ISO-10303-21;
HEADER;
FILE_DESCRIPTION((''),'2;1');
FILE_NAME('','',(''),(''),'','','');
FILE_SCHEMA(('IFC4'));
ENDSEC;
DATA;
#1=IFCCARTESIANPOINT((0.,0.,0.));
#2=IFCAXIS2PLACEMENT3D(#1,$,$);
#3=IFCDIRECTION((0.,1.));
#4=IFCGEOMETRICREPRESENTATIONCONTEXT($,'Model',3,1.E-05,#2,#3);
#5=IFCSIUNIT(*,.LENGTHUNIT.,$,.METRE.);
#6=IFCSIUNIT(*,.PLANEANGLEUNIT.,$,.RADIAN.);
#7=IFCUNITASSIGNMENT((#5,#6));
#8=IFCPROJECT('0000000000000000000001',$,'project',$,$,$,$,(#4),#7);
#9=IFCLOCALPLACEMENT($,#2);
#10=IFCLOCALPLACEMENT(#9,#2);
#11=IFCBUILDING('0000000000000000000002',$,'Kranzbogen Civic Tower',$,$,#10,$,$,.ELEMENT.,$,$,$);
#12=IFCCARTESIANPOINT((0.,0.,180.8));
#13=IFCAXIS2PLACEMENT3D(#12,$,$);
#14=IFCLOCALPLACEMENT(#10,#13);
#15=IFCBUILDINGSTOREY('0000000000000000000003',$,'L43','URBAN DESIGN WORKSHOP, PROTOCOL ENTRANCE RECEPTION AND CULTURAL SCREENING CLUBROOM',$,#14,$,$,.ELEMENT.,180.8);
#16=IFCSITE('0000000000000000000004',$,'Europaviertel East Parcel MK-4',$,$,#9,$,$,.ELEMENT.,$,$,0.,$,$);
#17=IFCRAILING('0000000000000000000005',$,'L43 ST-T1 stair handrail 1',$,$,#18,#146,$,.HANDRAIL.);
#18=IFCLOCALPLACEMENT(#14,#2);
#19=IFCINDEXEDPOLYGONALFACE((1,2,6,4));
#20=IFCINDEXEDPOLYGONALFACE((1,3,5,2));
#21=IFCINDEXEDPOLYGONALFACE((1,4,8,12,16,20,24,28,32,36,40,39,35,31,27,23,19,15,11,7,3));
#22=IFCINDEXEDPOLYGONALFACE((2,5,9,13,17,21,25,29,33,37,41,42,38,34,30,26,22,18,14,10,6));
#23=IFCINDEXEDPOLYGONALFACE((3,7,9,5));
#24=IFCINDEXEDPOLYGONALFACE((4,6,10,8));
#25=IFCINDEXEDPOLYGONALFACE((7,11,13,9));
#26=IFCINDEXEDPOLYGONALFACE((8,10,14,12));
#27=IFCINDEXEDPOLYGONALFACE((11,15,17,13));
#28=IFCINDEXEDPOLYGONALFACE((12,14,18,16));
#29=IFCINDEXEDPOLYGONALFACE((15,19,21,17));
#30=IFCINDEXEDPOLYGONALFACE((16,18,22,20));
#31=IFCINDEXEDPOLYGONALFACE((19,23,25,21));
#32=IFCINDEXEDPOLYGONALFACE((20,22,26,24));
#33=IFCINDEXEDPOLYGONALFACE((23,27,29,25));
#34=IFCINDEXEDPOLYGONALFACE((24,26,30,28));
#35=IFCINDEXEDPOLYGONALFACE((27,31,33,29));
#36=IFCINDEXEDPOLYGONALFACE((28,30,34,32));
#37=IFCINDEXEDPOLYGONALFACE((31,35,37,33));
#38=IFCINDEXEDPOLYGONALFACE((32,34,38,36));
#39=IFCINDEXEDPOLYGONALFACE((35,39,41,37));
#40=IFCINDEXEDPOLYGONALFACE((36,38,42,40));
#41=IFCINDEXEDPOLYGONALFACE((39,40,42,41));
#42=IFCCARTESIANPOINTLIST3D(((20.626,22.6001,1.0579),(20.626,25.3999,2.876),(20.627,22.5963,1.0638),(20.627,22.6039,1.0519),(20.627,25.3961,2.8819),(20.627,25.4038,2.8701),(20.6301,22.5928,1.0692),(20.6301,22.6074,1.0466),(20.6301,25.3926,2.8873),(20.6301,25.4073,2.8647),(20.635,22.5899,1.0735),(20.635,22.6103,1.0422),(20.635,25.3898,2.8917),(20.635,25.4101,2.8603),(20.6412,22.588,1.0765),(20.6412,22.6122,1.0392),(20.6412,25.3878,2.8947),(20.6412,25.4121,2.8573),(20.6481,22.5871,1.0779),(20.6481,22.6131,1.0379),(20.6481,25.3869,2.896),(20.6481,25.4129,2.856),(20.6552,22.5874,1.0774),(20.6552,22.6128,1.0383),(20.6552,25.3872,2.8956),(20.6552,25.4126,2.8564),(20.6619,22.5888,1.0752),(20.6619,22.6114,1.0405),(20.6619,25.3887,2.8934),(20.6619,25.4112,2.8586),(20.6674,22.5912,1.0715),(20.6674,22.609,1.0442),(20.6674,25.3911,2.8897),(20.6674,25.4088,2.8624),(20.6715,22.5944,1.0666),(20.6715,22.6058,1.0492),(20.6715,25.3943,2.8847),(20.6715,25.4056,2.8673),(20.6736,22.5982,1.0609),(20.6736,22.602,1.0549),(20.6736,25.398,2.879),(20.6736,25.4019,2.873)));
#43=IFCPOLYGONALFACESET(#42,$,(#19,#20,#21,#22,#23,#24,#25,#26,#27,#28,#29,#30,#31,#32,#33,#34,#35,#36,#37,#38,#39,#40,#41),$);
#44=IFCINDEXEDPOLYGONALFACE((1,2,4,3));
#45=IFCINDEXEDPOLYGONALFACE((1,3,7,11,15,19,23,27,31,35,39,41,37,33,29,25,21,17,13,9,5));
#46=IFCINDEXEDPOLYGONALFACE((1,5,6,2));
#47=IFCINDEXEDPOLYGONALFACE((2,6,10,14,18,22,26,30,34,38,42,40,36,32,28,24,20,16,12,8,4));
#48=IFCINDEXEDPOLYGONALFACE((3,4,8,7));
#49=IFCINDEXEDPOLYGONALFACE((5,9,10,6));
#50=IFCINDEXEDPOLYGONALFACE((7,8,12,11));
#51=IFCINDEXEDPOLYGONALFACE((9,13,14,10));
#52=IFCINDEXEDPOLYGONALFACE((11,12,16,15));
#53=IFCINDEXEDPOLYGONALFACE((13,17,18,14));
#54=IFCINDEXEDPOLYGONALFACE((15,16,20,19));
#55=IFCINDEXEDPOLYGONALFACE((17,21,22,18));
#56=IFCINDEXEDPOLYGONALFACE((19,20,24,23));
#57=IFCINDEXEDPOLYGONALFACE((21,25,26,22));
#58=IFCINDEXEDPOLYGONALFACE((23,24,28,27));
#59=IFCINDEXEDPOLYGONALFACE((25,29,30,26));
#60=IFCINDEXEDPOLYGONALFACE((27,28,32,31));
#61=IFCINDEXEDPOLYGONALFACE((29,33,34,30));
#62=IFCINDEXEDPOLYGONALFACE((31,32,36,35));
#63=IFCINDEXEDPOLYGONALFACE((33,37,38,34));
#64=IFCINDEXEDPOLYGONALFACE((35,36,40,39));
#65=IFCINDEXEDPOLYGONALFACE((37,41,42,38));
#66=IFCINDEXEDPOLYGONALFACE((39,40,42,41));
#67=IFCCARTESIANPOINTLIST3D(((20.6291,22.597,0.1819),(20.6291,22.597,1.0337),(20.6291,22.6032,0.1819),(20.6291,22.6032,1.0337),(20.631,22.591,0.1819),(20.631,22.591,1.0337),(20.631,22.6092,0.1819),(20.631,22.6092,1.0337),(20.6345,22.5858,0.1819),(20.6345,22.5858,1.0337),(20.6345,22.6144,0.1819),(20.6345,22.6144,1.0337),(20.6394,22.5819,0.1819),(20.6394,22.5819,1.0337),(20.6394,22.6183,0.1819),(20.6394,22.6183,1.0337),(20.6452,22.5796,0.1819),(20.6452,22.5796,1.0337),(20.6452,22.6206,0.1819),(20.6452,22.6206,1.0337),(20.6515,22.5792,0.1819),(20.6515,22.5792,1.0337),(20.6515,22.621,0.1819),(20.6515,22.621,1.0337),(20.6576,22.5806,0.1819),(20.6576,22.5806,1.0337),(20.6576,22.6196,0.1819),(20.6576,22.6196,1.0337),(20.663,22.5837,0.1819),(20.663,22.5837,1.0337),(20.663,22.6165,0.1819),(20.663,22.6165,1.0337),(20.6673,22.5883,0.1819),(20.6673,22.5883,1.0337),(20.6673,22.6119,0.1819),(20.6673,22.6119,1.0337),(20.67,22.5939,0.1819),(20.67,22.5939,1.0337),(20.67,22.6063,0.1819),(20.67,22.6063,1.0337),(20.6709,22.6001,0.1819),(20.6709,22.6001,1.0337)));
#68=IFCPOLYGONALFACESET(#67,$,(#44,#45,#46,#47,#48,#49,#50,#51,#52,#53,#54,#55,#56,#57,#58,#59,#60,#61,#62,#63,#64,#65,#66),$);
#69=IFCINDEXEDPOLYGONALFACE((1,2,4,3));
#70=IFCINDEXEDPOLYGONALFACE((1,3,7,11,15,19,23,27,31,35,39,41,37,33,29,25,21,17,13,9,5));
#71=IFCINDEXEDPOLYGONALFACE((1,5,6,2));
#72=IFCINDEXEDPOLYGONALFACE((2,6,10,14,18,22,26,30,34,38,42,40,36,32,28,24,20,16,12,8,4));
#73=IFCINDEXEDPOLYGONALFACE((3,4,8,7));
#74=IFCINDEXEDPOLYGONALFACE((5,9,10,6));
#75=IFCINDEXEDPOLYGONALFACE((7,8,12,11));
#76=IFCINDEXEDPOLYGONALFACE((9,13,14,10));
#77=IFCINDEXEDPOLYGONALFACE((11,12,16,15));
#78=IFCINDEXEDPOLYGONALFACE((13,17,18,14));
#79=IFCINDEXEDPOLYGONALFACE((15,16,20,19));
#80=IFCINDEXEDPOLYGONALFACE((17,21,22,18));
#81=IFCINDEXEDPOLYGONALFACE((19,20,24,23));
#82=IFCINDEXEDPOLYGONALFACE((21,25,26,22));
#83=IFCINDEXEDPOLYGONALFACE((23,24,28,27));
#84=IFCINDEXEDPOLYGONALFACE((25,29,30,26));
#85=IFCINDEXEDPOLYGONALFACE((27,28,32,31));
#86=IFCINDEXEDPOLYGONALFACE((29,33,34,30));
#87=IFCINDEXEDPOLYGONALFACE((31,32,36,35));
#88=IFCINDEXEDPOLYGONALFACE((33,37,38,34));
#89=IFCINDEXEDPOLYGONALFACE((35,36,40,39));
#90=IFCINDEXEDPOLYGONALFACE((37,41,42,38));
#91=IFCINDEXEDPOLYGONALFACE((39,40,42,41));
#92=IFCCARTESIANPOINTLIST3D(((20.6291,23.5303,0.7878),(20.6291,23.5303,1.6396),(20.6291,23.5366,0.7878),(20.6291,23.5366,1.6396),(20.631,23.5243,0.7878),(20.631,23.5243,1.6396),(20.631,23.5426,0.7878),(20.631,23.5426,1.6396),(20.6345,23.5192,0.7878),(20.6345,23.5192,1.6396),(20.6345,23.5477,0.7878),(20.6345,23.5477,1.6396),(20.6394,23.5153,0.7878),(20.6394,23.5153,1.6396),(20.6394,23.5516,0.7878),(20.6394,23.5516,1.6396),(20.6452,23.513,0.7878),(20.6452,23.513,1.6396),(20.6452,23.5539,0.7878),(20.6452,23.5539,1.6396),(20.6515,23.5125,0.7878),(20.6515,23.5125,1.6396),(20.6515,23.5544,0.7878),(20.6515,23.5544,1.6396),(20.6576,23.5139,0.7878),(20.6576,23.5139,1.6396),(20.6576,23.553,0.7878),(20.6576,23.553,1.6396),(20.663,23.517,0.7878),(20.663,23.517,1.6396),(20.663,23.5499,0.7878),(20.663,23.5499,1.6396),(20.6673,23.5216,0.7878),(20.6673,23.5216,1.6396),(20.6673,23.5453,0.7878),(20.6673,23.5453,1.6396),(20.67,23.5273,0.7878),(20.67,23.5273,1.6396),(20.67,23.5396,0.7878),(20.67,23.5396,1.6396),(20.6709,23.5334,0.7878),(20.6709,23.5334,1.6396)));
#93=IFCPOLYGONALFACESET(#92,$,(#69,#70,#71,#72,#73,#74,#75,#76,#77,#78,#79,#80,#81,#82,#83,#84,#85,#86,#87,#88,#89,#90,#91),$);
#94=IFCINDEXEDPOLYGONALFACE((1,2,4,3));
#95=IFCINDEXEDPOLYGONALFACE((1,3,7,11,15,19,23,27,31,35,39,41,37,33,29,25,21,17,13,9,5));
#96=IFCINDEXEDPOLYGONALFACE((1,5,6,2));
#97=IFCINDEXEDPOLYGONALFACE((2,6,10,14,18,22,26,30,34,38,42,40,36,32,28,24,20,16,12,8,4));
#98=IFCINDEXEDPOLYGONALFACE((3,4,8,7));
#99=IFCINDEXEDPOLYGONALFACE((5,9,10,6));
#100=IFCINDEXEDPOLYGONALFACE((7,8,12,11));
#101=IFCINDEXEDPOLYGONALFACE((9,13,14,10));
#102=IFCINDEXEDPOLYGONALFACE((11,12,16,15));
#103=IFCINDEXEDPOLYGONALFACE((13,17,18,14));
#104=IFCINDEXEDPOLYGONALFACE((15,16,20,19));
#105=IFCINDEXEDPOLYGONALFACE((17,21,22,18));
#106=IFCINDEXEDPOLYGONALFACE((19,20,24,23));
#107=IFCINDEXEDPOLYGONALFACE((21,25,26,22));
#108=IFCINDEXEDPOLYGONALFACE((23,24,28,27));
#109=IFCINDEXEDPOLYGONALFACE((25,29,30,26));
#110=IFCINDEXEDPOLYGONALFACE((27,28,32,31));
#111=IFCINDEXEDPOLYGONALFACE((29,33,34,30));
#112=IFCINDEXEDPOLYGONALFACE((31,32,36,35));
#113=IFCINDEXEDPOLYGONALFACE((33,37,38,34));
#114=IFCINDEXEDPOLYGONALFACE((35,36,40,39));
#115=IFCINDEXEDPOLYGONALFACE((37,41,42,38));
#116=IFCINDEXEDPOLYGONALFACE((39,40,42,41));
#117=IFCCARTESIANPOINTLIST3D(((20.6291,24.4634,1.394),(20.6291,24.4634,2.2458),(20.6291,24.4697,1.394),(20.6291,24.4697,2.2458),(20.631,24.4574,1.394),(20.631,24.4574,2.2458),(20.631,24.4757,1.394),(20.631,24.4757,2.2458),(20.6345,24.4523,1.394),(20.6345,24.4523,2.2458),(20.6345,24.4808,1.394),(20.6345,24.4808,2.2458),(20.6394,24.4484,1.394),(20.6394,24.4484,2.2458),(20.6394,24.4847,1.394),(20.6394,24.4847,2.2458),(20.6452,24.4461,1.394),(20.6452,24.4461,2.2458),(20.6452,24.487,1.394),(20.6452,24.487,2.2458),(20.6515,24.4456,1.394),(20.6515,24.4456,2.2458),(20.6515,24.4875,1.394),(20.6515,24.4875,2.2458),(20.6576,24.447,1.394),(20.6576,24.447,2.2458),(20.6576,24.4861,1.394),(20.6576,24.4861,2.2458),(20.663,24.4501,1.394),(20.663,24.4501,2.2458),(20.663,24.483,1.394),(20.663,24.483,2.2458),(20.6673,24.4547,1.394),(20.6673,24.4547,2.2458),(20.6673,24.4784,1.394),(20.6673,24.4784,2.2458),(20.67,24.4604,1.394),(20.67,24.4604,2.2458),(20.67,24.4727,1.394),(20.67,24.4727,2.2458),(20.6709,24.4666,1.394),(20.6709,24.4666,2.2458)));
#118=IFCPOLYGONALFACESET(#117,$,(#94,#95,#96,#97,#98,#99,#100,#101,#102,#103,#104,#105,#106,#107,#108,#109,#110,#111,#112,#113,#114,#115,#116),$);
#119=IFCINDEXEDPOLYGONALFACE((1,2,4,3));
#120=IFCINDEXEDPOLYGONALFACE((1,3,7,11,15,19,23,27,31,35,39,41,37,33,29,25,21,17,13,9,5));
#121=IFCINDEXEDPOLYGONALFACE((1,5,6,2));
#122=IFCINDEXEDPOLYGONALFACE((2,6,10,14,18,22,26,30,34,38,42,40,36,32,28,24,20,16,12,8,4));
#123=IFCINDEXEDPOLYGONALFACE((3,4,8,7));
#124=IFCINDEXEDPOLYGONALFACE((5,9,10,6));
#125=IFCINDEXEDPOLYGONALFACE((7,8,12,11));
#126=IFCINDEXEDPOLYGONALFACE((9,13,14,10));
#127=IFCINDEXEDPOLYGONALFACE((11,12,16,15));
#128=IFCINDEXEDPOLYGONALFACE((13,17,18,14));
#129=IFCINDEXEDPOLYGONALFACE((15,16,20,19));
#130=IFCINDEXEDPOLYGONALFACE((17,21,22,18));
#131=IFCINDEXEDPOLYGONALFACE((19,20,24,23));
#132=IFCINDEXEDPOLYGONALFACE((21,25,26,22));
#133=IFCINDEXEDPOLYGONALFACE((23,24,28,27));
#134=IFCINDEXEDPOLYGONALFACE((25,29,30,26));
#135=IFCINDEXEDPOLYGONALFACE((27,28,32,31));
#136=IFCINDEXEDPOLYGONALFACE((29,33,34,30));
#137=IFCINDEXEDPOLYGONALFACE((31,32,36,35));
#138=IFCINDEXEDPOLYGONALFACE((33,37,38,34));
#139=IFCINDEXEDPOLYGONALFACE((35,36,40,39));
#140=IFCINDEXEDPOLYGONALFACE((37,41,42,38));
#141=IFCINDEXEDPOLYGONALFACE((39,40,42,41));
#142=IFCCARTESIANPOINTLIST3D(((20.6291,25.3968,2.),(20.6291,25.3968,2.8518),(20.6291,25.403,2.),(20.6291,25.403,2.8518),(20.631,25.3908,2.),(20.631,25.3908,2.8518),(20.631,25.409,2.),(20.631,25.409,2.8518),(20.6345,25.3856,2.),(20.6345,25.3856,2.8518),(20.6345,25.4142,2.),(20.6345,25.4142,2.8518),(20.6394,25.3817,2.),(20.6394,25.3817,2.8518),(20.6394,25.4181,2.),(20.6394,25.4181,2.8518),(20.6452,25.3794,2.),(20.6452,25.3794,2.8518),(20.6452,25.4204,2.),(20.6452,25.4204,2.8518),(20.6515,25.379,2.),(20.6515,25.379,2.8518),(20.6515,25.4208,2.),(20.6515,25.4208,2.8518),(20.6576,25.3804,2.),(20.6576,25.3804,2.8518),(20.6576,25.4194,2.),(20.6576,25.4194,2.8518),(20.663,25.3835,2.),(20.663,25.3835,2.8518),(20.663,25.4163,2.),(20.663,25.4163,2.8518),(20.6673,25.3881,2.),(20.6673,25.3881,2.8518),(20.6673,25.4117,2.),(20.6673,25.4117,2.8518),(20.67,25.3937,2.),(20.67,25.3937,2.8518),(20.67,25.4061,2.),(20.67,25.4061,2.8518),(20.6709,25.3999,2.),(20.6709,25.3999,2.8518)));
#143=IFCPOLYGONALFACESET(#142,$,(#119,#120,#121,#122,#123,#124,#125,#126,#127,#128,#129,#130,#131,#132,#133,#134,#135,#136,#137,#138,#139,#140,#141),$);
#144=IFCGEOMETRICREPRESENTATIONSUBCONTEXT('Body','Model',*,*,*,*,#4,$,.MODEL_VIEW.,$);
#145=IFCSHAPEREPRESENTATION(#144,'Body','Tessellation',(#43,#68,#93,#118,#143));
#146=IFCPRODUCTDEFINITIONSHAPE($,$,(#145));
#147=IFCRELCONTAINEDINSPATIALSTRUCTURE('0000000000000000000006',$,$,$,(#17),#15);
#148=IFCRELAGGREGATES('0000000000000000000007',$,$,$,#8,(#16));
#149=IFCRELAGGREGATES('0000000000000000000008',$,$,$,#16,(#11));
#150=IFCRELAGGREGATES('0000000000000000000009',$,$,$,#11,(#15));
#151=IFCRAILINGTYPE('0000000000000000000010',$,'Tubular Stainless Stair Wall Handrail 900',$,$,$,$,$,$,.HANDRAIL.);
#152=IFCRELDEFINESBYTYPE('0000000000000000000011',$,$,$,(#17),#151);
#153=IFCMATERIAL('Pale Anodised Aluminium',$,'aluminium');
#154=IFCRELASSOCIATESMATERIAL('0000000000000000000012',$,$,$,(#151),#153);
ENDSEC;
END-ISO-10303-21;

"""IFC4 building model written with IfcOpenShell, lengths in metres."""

from ifc_helpers import new_model, si_unit, direction, frame, origin, origin_2d, place, context, subcontext, project, spatial, circle, extrude, material, type_object, element, save


model = new_model("IFC4")

# Units and contexts
model_context = context("Model", 3, precision=1e-05, world=origin(), true_north=direction((0.0, 1.0)))
body_context = subcontext(model_context, "Body", "Model", "MODEL_VIEW")
ifc_project = project(units=[si_unit("LENGTHUNIT", "METRE"), si_unit("PLANEANGLEUNIT", "RADIAN")], contexts=[model_context])

# Site, building, storey
site_placement = place(None, origin())
site = spatial("IfcSite", under=ifc_project, at=site_placement, Name="Europaviertel East Parcel MK-4", CompositionType="ELEMENT", RefElevation=0.0)
building_placement = place(site_placement, origin())
building = spatial("IfcBuilding", under=site, at=building_placement, Name="Kranzbogen Civic Tower", CompositionType="ELEMENT")
storey_placement = place(building_placement, frame((0.0, 0.0, 180.8)))
storey = spatial("IfcBuildingStorey", under=building, at=storey_placement, Name="L43", Description="URBAN DESIGN WORKSHOP, PROTOCOL ENTRANCE RECEPTION AND CULTURAL SCREENING CLUBROOM", CompositionType="ELEMENT", Elevation=180.8)

# Shared definitions
ifc_material_1 = material(Name="Pale Anodised Aluminium", Category="aluminium")

# Railing
railing_type_1 = type_object("IfcRailingType", Name="Tubular Stainless Stair Wall Handrail 900", PredefinedType="HANDRAIL", material=ifc_material_1)
railing_1_placement = place(storey_placement, frame((20.6499, 22.6001, 0.1819)))
element("IfcRailing", 1, at=railing_1_placement, inside=storey, type_object=railing_type_1, Name="L43 ST-T1 stair handrail 1", PredefinedType="HANDRAIL", context=body_context, shape_type="SweptSolid", body=[
    extrude(circle(Radius=0.0239, at=origin_2d()), frame((0.0, 0.0, 0.876), z_axis=(0.0, 0.838684, 0.544618), x_axis=(-1.0, 0.0, 0.0)), (0.0, 0.0, 1.0), 3.3384),
    extrude(circle(Radius=0.021, at=origin_2d()), origin(), (0.0, 0.0, 1.0), 0.8518),
    extrude(circle(Radius=0.021, at=origin_2d()), frame((0.0, 0.9333, 0.606)), (0.0, 0.0, 1.0), 0.8518),
    extrude(circle(Radius=0.021, at=origin_2d()), frame((0.0, 1.8665, 1.2122)), (0.0, 0.0, 1.0), 0.8518),
    extrude(circle(Radius=0.021, at=origin_2d()), frame((0.0, 2.7998, 1.8181)), (0.0, 0.0, 1.0), 0.8518),
])

save(model, "model.ifc")
